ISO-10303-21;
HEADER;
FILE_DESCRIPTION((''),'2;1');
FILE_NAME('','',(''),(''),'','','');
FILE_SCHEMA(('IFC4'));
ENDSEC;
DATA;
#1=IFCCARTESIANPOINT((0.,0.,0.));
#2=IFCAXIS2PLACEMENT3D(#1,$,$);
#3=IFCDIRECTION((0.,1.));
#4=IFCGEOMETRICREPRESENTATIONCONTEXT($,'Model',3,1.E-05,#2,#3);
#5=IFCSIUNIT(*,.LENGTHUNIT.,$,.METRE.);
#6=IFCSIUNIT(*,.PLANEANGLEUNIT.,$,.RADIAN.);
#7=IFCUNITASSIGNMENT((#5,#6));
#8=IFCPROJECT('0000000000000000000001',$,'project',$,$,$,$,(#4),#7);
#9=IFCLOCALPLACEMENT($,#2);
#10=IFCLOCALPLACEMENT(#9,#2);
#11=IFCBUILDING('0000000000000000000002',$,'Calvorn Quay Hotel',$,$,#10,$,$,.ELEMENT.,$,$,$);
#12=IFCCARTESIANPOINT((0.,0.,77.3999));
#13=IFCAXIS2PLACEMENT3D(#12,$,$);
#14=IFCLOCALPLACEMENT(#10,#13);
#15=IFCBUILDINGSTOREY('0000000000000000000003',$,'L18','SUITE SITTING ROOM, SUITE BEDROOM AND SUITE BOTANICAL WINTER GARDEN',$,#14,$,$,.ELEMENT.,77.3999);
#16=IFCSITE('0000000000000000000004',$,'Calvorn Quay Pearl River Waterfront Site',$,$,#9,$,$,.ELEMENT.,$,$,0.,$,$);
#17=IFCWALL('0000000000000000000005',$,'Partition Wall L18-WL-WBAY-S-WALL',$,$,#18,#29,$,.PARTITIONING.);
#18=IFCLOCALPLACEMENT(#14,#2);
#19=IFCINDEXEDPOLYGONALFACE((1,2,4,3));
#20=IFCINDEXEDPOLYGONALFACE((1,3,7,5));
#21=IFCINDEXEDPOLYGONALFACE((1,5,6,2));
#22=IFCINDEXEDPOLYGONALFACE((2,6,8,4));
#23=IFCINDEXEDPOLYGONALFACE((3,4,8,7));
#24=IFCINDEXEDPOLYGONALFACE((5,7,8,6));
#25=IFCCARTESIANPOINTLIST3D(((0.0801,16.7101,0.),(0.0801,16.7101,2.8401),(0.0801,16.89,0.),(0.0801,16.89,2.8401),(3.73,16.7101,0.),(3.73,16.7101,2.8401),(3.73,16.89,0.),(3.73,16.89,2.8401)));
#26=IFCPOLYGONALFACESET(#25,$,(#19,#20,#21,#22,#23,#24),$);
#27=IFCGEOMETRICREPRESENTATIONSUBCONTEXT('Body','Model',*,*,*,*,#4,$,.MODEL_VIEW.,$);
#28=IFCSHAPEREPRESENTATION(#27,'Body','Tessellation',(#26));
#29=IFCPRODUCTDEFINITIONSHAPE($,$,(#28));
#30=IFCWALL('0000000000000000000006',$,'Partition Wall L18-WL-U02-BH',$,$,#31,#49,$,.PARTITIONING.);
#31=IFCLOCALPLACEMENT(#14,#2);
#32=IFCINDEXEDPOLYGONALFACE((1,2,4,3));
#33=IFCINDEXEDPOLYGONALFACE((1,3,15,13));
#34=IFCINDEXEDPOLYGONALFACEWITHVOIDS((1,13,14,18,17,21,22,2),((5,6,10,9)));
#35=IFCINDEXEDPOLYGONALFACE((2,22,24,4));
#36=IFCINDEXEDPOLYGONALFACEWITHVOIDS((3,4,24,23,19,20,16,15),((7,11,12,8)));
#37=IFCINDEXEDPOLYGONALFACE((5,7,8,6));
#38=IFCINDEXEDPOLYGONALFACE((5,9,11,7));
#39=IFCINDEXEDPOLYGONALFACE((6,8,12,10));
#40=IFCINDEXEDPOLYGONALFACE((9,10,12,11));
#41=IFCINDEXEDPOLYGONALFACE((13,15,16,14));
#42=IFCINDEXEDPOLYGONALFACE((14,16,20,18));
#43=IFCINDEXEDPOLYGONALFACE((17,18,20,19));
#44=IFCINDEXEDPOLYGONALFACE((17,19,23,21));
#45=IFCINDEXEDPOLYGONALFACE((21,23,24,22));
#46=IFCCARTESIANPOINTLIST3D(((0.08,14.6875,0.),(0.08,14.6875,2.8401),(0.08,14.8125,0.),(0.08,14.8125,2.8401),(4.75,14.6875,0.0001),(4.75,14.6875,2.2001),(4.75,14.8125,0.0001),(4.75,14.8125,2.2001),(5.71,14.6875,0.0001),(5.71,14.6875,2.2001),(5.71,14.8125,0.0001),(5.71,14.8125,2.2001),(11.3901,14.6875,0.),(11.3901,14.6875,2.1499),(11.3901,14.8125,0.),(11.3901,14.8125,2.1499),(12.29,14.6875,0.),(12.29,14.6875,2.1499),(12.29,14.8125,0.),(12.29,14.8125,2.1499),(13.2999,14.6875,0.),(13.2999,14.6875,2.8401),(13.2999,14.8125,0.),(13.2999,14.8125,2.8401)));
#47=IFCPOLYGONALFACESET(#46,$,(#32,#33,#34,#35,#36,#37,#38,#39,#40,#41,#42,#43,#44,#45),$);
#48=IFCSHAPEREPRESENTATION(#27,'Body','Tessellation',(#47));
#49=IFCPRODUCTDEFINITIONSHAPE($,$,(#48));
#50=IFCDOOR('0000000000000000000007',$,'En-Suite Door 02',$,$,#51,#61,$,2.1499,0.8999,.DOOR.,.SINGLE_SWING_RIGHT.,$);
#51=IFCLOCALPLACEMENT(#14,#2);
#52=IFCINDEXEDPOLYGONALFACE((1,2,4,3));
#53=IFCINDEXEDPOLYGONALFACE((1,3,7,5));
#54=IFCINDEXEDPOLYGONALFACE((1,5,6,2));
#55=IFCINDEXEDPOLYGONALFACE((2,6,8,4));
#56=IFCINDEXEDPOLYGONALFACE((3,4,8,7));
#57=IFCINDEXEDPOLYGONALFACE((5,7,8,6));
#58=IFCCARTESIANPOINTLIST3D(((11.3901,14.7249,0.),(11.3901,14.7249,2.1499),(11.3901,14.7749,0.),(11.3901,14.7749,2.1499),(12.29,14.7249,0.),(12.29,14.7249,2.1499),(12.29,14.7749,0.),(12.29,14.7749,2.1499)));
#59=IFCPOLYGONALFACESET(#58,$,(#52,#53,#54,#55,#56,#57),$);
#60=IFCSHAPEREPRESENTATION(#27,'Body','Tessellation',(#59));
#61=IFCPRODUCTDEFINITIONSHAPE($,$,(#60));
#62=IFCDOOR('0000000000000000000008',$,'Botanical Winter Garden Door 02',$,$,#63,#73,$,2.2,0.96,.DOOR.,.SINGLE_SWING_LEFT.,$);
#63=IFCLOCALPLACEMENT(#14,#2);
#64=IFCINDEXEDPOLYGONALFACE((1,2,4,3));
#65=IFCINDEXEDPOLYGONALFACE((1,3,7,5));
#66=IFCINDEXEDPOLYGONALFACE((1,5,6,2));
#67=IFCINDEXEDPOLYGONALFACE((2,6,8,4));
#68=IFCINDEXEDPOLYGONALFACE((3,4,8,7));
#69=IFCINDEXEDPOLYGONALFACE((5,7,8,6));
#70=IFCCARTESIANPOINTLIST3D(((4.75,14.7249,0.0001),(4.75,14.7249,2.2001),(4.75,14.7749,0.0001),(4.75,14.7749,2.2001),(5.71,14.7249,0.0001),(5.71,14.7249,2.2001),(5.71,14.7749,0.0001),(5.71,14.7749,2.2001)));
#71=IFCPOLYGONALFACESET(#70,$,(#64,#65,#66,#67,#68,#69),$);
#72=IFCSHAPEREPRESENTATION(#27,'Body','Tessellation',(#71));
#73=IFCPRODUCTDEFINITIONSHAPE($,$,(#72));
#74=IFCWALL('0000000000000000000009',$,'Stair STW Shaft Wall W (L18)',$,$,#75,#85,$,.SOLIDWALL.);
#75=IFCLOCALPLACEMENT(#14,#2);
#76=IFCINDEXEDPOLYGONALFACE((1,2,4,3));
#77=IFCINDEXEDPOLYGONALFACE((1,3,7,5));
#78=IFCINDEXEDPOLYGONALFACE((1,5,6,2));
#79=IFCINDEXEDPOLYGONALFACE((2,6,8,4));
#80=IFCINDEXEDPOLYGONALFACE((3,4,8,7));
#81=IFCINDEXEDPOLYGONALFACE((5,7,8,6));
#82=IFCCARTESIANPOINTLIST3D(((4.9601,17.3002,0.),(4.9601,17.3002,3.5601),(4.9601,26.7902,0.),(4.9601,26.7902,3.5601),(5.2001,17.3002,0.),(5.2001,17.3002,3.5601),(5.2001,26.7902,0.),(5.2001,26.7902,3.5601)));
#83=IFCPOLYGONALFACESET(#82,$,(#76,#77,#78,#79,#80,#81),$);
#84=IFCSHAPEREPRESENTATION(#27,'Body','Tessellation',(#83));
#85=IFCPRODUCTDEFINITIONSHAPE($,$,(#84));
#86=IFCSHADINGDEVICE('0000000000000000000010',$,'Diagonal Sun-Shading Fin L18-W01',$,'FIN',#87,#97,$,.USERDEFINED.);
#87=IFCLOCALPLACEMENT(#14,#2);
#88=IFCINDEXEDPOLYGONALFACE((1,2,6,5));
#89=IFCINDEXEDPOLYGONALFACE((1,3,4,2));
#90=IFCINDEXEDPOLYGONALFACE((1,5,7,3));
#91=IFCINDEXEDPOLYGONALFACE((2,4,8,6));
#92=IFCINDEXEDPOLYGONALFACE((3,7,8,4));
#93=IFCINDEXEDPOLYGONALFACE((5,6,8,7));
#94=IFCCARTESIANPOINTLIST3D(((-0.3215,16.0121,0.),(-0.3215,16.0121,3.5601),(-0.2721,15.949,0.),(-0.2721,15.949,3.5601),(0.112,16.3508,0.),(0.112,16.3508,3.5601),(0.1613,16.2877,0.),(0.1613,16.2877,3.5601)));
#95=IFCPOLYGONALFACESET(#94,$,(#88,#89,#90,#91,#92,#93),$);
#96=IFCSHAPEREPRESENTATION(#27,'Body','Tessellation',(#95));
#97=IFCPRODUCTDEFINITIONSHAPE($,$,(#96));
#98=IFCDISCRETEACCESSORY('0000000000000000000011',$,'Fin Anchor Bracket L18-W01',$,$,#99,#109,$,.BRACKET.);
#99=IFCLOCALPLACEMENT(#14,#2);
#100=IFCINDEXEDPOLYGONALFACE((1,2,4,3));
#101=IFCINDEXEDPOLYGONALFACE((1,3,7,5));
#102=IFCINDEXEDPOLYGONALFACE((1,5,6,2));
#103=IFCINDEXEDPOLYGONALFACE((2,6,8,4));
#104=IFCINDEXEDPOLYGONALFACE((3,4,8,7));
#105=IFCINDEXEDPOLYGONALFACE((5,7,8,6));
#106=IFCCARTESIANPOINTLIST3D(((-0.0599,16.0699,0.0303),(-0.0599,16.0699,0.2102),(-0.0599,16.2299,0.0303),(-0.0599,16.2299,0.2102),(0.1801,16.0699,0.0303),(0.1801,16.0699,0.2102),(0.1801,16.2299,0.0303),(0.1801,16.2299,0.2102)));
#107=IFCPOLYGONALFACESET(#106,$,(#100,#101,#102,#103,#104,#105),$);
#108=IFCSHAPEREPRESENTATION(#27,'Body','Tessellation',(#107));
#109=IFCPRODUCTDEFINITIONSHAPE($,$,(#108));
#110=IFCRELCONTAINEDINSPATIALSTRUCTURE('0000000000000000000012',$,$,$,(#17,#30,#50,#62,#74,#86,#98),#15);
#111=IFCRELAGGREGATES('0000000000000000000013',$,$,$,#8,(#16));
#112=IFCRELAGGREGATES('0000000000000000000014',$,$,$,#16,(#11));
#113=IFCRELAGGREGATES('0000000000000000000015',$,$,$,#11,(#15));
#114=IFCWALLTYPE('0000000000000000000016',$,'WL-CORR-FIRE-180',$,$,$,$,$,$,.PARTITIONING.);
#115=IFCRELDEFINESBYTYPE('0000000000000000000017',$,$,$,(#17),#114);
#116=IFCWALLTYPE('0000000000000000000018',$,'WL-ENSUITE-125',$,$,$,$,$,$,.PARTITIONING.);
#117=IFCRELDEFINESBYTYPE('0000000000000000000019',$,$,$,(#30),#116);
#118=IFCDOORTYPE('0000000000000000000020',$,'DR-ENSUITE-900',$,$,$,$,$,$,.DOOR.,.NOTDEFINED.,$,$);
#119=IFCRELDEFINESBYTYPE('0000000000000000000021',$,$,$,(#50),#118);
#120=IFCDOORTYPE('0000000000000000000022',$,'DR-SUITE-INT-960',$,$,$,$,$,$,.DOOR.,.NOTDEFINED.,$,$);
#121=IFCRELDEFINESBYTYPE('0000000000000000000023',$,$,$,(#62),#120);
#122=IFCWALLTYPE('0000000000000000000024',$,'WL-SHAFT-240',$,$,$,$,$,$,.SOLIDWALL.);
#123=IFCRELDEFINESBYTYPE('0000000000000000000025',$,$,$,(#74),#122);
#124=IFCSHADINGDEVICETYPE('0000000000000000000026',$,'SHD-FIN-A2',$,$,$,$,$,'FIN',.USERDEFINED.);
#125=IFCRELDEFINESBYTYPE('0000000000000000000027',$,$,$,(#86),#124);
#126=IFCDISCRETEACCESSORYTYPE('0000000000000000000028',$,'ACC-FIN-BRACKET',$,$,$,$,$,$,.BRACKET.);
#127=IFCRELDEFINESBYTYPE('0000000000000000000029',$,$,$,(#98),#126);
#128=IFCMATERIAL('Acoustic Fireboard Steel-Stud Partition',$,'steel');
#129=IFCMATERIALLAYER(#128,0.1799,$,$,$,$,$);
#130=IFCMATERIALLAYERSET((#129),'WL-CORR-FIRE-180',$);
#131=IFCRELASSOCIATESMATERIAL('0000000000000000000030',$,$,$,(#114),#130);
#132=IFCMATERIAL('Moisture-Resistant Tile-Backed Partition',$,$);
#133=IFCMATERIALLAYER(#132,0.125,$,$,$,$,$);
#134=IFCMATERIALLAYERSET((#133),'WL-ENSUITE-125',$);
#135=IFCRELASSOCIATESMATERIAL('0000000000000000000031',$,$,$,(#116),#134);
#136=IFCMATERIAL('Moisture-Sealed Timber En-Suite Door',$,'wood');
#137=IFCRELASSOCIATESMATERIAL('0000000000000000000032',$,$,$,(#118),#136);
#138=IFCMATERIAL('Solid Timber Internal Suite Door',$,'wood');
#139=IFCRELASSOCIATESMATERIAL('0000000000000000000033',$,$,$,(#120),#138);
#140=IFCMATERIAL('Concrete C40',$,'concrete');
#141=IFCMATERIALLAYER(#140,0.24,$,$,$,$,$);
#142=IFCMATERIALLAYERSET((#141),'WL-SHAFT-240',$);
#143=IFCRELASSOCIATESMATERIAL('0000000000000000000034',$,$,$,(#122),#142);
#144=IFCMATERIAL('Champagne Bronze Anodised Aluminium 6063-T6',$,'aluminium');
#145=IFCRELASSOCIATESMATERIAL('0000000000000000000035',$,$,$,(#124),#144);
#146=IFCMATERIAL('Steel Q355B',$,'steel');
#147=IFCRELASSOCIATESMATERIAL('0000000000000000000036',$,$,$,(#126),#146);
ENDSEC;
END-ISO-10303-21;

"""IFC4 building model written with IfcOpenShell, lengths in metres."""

from ifc_helpers import new_model, si_unit, direction, frame, frame_2d, origin, origin_2d, place, context, subcontext, project, spatial, rectangle, extrude, material, layer, layer_set, type_object, element, fill, save


model = new_model("IFC4")

# Units and contexts
model_context = context("Model", 3, precision=1e-05, world=origin(), true_north=direction((0.0, 1.0)))
body_context = subcontext(model_context, "Body", "Model", "MODEL_VIEW")
ifc_project = project(units=[si_unit("LENGTHUNIT", "METRE"), si_unit("PLANEANGLEUNIT", "RADIAN")], contexts=[model_context])

# Site, building, storey
site_placement = place(None, origin())
site = spatial("IfcSite", under=ifc_project, at=site_placement, Name="Calvorn Quay Pearl River Waterfront Site", CompositionType="ELEMENT", RefElevation=0.0)
building_placement = place(site_placement, origin())
building = spatial("IfcBuilding", under=site, at=building_placement, Name="Calvorn Quay Hotel", CompositionType="ELEMENT")
storey_placement = place(building_placement, frame((0.0, 0.0, 77.3999)))
storey = spatial("IfcBuildingStorey", under=building, at=storey_placement, Name="L18", Description="SUITE SITTING ROOM, SUITE BEDROOM AND SUITE BOTANICAL WINTER GARDEN", CompositionType="ELEMENT", Elevation=77.3999)

# Wall
ifc_material_1 = material(Name="Acoustic Fireboard Steel-Stud Partition", Category="steel")
ifc_layer_1 = layer(ifc_material_1, 0.1799)
ifc_layer_set_1 = layer_set([ifc_layer_1], Name="WL-CORR-FIRE-180")
wall_type_1 = type_object("IfcWallType", Name="WL-CORR-FIRE-180", PredefinedType="PARTITIONING", material=ifc_layer_set_1)
wall_1_placement = place(storey_placement, frame((0.0801, 16.8, 0.0), z_axis=(0.0, 0.0, 1.0), x_axis=(1.0, 0.0, 0.0)))
element("IfcWall", 1, at=wall_1_placement, inside=storey, type_object=wall_type_1, Name="Partition Wall L18-WL-WBAY-S-WALL", PredefinedType="PARTITIONING", context=body_context, shape_type="SweptSolid", body=[
    extrude(rectangle(XDim=3.6499, YDim=0.1799, at=frame_2d((1.825, 0.0))), origin(), (0.0, 0.0, 1.0), 2.8401),
])

# Wall, openings, doors
ifc_material_2 = material(Name="Moisture-Resistant Tile-Backed Partition")
ifc_layer_2 = layer(ifc_material_2, 0.125)
ifc_layer_set_2 = layer_set([ifc_layer_2], Name="WL-ENSUITE-125")
wall_type_2 = type_object("IfcWallType", Name="WL-ENSUITE-125", PredefinedType="PARTITIONING", material=ifc_layer_set_2)
wall_2_placement = place(storey_placement, frame((0.0801, 14.75, 0.0), z_axis=(0.0, 0.0, 1.0), x_axis=(1.0, 0.0, 0.0)))
wall_2 = element("IfcWall", 2, at=wall_2_placement, inside=storey, type_object=wall_type_2, Name="Partition Wall L18-WL-U02-BH", PredefinedType="PARTITIONING", context=body_context, shape_type="SweptSolid", body=[
    extrude(rectangle(XDim=13.22, YDim=0.125, at=frame_2d((6.6099, 0.0))), origin(), (0.0, 0.0, 1.0), 2.8401),
])
opening_1_placement = place(wall_2_placement, frame((4.6699, 0.0, 0.0)))
opening_1 = element("IfcOpeningElement", 3, at=opening_1_placement, cuts=wall_2, PredefinedType="OPENING", context=body_context, shape_type="SweptSolid", body=[
    extrude(rectangle(XDim=0.96, YDim=2.2, at=frame_2d((0.48, 1.1001))), frame((0.0, 0.0725, 0.0), z_axis=(0.0, -1.0, 0.0), x_axis=(1.0, 0.0, 0.0)), (0.0, 0.0, 1.0), 0.145),
])
opening_2_placement = place(wall_2_placement, frame((11.3101, 0.0, 0.0)))
opening_2 = element("IfcOpeningElement", 4, at=opening_2_placement, cuts=wall_2, PredefinedType="OPENING", context=body_context, shape_type="SweptSolid", body=[
    extrude(rectangle(XDim=0.8999, YDim=2.1499, at=frame_2d((0.45, 1.075))), frame((0.0, 0.0725, 0.0), z_axis=(0.0, -1.0, 0.0), x_axis=(1.0, 0.0, 0.0)), (0.0, 0.0, 1.0), 0.145),
])
ifc_material_3 = material(Name="Moisture-Sealed Timber En-Suite Door", Category="wood")
door_type_1 = type_object("IfcDoorType", Name="DR-ENSUITE-900", OperationType="NOTDEFINED", PredefinedType="DOOR", material=ifc_material_3)
door_1_placement = place(opening_2_placement, origin())
door_1 = element("IfcDoor", 5, at=door_1_placement, inside=storey, type_object=door_type_1, Name="En-Suite Door 02", OperationType="SINGLE_SWING_RIGHT", OverallHeight=2.1499, OverallWidth=0.8999, PredefinedType="DOOR", context=body_context, shape_type="SweptSolid", body=[
    extrude(rectangle(XDim=0.8999, YDim=2.1499, at=frame_2d((0.45, 1.075))), frame((0.0, 0.0249, 0.0), z_axis=(0.0, -1.0, 0.0), x_axis=(1.0, 0.0, 0.0)), (0.0, 0.0, 1.0), 0.05),
])
fill(opening_2, door_1)
ifc_material_4 = material(Name="Solid Timber Internal Suite Door", Category="wood")
door_type_2 = type_object("IfcDoorType", Name="DR-SUITE-INT-960", OperationType="NOTDEFINED", PredefinedType="DOOR", material=ifc_material_4)
door_2_placement = place(opening_1_placement, origin())
door_2 = element("IfcDoor", 6, at=door_2_placement, inside=storey, type_object=door_type_2, Name="Botanical Winter Garden Door 02", OperationType="SINGLE_SWING_LEFT", OverallHeight=2.2, OverallWidth=0.96, PredefinedType="DOOR", context=body_context, shape_type="SweptSolid", body=[
    extrude(rectangle(XDim=0.96, YDim=2.2, at=frame_2d((0.48, 1.1001))), frame((0.0, 0.0249, 0.0), z_axis=(0.0, -1.0, 0.0), x_axis=(1.0, 0.0, 0.0)), (0.0, 0.0, 1.0), 0.05),
])
fill(opening_1, door_2)

# Wall
ifc_material_5 = material(Name="Concrete C40", Category="concrete")
ifc_layer_3 = layer(ifc_material_5, 0.24)
ifc_layer_set_3 = layer_set([ifc_layer_3], Name="WL-SHAFT-240")
wall_type_3 = type_object("IfcWallType", Name="WL-SHAFT-240", PredefinedType="SOLIDWALL", material=ifc_layer_set_3)
wall_3_placement = place(storey_placement, frame((5.0801, 17.3, 0.0), z_axis=(0.0, 0.0, 1.0), x_axis=(0.0, 1.0, 0.0)))
element("IfcWall", 7, at=wall_3_placement, inside=storey, type_object=wall_type_3, Name="Stair STW Shaft Wall W (L18)", PredefinedType="SOLIDWALL", context=body_context, shape_type="SweptSolid", body=[
    extrude(rectangle(XDim=9.49, YDim=0.24, at=frame_2d((4.7451, 0.0))), origin(), (0.0, 0.0, 1.0), 3.5601),
])

# Shading device
ifc_material_6 = material(Name="Champagne Bronze Anodised Aluminium 6063-T6", Category="aluminium")
shading_device_type = type_object("IfcShadingDeviceType", Name="SHD-FIN-A2", ElementType="FIN", PredefinedType="USERDEFINED", material=ifc_material_6)
shading_device_placement = place(storey_placement, frame((-0.0801, 16.1499, 0.0), z_axis=(0.0, 0.0, 1.0), x_axis=(0.788011, 0.615661, 0.0)))
element("IfcShadingDevice", 8, at=shading_device_placement, inside=storey, type_object=shading_device_type, Name="Diagonal Sun-Shading Fin L18-W01", ObjectType="FIN", PredefinedType="USERDEFINED", context=body_context, shape_type="SweptSolid", body=[
    extrude(rectangle(XDim=0.55, YDim=0.0801, at=origin_2d()), origin(), (0.0, 0.0, 1.0), 3.5601),
])

# Discrete accessory
ifc_material_7 = material(Name="Steel Q355B", Category="steel")
discrete_accessory_type = type_object("IfcDiscreteAccessoryType", Name="ACC-FIN-BRACKET", PredefinedType="BRACKET", material=ifc_material_7)
discrete_accessory_placement = place(storey_placement, frame((0.0601, 16.1499, 0.0303), z_axis=(0.0, 0.0, 1.0), x_axis=(1.0, 0.0, 0.0)))
element("IfcDiscreteAccessory", 9, at=discrete_accessory_placement, inside=storey, type_object=discrete_accessory_type, Name="Fin Anchor Bracket L18-W01", PredefinedType="BRACKET", context=body_context, shape_type="SweptSolid", body=[
    extrude(rectangle(XDim=0.24, YDim=0.1599, at=origin_2d()), origin(), (0.0, 0.0, 1.0), 0.1799),
])

save(model, "model.ifc")
